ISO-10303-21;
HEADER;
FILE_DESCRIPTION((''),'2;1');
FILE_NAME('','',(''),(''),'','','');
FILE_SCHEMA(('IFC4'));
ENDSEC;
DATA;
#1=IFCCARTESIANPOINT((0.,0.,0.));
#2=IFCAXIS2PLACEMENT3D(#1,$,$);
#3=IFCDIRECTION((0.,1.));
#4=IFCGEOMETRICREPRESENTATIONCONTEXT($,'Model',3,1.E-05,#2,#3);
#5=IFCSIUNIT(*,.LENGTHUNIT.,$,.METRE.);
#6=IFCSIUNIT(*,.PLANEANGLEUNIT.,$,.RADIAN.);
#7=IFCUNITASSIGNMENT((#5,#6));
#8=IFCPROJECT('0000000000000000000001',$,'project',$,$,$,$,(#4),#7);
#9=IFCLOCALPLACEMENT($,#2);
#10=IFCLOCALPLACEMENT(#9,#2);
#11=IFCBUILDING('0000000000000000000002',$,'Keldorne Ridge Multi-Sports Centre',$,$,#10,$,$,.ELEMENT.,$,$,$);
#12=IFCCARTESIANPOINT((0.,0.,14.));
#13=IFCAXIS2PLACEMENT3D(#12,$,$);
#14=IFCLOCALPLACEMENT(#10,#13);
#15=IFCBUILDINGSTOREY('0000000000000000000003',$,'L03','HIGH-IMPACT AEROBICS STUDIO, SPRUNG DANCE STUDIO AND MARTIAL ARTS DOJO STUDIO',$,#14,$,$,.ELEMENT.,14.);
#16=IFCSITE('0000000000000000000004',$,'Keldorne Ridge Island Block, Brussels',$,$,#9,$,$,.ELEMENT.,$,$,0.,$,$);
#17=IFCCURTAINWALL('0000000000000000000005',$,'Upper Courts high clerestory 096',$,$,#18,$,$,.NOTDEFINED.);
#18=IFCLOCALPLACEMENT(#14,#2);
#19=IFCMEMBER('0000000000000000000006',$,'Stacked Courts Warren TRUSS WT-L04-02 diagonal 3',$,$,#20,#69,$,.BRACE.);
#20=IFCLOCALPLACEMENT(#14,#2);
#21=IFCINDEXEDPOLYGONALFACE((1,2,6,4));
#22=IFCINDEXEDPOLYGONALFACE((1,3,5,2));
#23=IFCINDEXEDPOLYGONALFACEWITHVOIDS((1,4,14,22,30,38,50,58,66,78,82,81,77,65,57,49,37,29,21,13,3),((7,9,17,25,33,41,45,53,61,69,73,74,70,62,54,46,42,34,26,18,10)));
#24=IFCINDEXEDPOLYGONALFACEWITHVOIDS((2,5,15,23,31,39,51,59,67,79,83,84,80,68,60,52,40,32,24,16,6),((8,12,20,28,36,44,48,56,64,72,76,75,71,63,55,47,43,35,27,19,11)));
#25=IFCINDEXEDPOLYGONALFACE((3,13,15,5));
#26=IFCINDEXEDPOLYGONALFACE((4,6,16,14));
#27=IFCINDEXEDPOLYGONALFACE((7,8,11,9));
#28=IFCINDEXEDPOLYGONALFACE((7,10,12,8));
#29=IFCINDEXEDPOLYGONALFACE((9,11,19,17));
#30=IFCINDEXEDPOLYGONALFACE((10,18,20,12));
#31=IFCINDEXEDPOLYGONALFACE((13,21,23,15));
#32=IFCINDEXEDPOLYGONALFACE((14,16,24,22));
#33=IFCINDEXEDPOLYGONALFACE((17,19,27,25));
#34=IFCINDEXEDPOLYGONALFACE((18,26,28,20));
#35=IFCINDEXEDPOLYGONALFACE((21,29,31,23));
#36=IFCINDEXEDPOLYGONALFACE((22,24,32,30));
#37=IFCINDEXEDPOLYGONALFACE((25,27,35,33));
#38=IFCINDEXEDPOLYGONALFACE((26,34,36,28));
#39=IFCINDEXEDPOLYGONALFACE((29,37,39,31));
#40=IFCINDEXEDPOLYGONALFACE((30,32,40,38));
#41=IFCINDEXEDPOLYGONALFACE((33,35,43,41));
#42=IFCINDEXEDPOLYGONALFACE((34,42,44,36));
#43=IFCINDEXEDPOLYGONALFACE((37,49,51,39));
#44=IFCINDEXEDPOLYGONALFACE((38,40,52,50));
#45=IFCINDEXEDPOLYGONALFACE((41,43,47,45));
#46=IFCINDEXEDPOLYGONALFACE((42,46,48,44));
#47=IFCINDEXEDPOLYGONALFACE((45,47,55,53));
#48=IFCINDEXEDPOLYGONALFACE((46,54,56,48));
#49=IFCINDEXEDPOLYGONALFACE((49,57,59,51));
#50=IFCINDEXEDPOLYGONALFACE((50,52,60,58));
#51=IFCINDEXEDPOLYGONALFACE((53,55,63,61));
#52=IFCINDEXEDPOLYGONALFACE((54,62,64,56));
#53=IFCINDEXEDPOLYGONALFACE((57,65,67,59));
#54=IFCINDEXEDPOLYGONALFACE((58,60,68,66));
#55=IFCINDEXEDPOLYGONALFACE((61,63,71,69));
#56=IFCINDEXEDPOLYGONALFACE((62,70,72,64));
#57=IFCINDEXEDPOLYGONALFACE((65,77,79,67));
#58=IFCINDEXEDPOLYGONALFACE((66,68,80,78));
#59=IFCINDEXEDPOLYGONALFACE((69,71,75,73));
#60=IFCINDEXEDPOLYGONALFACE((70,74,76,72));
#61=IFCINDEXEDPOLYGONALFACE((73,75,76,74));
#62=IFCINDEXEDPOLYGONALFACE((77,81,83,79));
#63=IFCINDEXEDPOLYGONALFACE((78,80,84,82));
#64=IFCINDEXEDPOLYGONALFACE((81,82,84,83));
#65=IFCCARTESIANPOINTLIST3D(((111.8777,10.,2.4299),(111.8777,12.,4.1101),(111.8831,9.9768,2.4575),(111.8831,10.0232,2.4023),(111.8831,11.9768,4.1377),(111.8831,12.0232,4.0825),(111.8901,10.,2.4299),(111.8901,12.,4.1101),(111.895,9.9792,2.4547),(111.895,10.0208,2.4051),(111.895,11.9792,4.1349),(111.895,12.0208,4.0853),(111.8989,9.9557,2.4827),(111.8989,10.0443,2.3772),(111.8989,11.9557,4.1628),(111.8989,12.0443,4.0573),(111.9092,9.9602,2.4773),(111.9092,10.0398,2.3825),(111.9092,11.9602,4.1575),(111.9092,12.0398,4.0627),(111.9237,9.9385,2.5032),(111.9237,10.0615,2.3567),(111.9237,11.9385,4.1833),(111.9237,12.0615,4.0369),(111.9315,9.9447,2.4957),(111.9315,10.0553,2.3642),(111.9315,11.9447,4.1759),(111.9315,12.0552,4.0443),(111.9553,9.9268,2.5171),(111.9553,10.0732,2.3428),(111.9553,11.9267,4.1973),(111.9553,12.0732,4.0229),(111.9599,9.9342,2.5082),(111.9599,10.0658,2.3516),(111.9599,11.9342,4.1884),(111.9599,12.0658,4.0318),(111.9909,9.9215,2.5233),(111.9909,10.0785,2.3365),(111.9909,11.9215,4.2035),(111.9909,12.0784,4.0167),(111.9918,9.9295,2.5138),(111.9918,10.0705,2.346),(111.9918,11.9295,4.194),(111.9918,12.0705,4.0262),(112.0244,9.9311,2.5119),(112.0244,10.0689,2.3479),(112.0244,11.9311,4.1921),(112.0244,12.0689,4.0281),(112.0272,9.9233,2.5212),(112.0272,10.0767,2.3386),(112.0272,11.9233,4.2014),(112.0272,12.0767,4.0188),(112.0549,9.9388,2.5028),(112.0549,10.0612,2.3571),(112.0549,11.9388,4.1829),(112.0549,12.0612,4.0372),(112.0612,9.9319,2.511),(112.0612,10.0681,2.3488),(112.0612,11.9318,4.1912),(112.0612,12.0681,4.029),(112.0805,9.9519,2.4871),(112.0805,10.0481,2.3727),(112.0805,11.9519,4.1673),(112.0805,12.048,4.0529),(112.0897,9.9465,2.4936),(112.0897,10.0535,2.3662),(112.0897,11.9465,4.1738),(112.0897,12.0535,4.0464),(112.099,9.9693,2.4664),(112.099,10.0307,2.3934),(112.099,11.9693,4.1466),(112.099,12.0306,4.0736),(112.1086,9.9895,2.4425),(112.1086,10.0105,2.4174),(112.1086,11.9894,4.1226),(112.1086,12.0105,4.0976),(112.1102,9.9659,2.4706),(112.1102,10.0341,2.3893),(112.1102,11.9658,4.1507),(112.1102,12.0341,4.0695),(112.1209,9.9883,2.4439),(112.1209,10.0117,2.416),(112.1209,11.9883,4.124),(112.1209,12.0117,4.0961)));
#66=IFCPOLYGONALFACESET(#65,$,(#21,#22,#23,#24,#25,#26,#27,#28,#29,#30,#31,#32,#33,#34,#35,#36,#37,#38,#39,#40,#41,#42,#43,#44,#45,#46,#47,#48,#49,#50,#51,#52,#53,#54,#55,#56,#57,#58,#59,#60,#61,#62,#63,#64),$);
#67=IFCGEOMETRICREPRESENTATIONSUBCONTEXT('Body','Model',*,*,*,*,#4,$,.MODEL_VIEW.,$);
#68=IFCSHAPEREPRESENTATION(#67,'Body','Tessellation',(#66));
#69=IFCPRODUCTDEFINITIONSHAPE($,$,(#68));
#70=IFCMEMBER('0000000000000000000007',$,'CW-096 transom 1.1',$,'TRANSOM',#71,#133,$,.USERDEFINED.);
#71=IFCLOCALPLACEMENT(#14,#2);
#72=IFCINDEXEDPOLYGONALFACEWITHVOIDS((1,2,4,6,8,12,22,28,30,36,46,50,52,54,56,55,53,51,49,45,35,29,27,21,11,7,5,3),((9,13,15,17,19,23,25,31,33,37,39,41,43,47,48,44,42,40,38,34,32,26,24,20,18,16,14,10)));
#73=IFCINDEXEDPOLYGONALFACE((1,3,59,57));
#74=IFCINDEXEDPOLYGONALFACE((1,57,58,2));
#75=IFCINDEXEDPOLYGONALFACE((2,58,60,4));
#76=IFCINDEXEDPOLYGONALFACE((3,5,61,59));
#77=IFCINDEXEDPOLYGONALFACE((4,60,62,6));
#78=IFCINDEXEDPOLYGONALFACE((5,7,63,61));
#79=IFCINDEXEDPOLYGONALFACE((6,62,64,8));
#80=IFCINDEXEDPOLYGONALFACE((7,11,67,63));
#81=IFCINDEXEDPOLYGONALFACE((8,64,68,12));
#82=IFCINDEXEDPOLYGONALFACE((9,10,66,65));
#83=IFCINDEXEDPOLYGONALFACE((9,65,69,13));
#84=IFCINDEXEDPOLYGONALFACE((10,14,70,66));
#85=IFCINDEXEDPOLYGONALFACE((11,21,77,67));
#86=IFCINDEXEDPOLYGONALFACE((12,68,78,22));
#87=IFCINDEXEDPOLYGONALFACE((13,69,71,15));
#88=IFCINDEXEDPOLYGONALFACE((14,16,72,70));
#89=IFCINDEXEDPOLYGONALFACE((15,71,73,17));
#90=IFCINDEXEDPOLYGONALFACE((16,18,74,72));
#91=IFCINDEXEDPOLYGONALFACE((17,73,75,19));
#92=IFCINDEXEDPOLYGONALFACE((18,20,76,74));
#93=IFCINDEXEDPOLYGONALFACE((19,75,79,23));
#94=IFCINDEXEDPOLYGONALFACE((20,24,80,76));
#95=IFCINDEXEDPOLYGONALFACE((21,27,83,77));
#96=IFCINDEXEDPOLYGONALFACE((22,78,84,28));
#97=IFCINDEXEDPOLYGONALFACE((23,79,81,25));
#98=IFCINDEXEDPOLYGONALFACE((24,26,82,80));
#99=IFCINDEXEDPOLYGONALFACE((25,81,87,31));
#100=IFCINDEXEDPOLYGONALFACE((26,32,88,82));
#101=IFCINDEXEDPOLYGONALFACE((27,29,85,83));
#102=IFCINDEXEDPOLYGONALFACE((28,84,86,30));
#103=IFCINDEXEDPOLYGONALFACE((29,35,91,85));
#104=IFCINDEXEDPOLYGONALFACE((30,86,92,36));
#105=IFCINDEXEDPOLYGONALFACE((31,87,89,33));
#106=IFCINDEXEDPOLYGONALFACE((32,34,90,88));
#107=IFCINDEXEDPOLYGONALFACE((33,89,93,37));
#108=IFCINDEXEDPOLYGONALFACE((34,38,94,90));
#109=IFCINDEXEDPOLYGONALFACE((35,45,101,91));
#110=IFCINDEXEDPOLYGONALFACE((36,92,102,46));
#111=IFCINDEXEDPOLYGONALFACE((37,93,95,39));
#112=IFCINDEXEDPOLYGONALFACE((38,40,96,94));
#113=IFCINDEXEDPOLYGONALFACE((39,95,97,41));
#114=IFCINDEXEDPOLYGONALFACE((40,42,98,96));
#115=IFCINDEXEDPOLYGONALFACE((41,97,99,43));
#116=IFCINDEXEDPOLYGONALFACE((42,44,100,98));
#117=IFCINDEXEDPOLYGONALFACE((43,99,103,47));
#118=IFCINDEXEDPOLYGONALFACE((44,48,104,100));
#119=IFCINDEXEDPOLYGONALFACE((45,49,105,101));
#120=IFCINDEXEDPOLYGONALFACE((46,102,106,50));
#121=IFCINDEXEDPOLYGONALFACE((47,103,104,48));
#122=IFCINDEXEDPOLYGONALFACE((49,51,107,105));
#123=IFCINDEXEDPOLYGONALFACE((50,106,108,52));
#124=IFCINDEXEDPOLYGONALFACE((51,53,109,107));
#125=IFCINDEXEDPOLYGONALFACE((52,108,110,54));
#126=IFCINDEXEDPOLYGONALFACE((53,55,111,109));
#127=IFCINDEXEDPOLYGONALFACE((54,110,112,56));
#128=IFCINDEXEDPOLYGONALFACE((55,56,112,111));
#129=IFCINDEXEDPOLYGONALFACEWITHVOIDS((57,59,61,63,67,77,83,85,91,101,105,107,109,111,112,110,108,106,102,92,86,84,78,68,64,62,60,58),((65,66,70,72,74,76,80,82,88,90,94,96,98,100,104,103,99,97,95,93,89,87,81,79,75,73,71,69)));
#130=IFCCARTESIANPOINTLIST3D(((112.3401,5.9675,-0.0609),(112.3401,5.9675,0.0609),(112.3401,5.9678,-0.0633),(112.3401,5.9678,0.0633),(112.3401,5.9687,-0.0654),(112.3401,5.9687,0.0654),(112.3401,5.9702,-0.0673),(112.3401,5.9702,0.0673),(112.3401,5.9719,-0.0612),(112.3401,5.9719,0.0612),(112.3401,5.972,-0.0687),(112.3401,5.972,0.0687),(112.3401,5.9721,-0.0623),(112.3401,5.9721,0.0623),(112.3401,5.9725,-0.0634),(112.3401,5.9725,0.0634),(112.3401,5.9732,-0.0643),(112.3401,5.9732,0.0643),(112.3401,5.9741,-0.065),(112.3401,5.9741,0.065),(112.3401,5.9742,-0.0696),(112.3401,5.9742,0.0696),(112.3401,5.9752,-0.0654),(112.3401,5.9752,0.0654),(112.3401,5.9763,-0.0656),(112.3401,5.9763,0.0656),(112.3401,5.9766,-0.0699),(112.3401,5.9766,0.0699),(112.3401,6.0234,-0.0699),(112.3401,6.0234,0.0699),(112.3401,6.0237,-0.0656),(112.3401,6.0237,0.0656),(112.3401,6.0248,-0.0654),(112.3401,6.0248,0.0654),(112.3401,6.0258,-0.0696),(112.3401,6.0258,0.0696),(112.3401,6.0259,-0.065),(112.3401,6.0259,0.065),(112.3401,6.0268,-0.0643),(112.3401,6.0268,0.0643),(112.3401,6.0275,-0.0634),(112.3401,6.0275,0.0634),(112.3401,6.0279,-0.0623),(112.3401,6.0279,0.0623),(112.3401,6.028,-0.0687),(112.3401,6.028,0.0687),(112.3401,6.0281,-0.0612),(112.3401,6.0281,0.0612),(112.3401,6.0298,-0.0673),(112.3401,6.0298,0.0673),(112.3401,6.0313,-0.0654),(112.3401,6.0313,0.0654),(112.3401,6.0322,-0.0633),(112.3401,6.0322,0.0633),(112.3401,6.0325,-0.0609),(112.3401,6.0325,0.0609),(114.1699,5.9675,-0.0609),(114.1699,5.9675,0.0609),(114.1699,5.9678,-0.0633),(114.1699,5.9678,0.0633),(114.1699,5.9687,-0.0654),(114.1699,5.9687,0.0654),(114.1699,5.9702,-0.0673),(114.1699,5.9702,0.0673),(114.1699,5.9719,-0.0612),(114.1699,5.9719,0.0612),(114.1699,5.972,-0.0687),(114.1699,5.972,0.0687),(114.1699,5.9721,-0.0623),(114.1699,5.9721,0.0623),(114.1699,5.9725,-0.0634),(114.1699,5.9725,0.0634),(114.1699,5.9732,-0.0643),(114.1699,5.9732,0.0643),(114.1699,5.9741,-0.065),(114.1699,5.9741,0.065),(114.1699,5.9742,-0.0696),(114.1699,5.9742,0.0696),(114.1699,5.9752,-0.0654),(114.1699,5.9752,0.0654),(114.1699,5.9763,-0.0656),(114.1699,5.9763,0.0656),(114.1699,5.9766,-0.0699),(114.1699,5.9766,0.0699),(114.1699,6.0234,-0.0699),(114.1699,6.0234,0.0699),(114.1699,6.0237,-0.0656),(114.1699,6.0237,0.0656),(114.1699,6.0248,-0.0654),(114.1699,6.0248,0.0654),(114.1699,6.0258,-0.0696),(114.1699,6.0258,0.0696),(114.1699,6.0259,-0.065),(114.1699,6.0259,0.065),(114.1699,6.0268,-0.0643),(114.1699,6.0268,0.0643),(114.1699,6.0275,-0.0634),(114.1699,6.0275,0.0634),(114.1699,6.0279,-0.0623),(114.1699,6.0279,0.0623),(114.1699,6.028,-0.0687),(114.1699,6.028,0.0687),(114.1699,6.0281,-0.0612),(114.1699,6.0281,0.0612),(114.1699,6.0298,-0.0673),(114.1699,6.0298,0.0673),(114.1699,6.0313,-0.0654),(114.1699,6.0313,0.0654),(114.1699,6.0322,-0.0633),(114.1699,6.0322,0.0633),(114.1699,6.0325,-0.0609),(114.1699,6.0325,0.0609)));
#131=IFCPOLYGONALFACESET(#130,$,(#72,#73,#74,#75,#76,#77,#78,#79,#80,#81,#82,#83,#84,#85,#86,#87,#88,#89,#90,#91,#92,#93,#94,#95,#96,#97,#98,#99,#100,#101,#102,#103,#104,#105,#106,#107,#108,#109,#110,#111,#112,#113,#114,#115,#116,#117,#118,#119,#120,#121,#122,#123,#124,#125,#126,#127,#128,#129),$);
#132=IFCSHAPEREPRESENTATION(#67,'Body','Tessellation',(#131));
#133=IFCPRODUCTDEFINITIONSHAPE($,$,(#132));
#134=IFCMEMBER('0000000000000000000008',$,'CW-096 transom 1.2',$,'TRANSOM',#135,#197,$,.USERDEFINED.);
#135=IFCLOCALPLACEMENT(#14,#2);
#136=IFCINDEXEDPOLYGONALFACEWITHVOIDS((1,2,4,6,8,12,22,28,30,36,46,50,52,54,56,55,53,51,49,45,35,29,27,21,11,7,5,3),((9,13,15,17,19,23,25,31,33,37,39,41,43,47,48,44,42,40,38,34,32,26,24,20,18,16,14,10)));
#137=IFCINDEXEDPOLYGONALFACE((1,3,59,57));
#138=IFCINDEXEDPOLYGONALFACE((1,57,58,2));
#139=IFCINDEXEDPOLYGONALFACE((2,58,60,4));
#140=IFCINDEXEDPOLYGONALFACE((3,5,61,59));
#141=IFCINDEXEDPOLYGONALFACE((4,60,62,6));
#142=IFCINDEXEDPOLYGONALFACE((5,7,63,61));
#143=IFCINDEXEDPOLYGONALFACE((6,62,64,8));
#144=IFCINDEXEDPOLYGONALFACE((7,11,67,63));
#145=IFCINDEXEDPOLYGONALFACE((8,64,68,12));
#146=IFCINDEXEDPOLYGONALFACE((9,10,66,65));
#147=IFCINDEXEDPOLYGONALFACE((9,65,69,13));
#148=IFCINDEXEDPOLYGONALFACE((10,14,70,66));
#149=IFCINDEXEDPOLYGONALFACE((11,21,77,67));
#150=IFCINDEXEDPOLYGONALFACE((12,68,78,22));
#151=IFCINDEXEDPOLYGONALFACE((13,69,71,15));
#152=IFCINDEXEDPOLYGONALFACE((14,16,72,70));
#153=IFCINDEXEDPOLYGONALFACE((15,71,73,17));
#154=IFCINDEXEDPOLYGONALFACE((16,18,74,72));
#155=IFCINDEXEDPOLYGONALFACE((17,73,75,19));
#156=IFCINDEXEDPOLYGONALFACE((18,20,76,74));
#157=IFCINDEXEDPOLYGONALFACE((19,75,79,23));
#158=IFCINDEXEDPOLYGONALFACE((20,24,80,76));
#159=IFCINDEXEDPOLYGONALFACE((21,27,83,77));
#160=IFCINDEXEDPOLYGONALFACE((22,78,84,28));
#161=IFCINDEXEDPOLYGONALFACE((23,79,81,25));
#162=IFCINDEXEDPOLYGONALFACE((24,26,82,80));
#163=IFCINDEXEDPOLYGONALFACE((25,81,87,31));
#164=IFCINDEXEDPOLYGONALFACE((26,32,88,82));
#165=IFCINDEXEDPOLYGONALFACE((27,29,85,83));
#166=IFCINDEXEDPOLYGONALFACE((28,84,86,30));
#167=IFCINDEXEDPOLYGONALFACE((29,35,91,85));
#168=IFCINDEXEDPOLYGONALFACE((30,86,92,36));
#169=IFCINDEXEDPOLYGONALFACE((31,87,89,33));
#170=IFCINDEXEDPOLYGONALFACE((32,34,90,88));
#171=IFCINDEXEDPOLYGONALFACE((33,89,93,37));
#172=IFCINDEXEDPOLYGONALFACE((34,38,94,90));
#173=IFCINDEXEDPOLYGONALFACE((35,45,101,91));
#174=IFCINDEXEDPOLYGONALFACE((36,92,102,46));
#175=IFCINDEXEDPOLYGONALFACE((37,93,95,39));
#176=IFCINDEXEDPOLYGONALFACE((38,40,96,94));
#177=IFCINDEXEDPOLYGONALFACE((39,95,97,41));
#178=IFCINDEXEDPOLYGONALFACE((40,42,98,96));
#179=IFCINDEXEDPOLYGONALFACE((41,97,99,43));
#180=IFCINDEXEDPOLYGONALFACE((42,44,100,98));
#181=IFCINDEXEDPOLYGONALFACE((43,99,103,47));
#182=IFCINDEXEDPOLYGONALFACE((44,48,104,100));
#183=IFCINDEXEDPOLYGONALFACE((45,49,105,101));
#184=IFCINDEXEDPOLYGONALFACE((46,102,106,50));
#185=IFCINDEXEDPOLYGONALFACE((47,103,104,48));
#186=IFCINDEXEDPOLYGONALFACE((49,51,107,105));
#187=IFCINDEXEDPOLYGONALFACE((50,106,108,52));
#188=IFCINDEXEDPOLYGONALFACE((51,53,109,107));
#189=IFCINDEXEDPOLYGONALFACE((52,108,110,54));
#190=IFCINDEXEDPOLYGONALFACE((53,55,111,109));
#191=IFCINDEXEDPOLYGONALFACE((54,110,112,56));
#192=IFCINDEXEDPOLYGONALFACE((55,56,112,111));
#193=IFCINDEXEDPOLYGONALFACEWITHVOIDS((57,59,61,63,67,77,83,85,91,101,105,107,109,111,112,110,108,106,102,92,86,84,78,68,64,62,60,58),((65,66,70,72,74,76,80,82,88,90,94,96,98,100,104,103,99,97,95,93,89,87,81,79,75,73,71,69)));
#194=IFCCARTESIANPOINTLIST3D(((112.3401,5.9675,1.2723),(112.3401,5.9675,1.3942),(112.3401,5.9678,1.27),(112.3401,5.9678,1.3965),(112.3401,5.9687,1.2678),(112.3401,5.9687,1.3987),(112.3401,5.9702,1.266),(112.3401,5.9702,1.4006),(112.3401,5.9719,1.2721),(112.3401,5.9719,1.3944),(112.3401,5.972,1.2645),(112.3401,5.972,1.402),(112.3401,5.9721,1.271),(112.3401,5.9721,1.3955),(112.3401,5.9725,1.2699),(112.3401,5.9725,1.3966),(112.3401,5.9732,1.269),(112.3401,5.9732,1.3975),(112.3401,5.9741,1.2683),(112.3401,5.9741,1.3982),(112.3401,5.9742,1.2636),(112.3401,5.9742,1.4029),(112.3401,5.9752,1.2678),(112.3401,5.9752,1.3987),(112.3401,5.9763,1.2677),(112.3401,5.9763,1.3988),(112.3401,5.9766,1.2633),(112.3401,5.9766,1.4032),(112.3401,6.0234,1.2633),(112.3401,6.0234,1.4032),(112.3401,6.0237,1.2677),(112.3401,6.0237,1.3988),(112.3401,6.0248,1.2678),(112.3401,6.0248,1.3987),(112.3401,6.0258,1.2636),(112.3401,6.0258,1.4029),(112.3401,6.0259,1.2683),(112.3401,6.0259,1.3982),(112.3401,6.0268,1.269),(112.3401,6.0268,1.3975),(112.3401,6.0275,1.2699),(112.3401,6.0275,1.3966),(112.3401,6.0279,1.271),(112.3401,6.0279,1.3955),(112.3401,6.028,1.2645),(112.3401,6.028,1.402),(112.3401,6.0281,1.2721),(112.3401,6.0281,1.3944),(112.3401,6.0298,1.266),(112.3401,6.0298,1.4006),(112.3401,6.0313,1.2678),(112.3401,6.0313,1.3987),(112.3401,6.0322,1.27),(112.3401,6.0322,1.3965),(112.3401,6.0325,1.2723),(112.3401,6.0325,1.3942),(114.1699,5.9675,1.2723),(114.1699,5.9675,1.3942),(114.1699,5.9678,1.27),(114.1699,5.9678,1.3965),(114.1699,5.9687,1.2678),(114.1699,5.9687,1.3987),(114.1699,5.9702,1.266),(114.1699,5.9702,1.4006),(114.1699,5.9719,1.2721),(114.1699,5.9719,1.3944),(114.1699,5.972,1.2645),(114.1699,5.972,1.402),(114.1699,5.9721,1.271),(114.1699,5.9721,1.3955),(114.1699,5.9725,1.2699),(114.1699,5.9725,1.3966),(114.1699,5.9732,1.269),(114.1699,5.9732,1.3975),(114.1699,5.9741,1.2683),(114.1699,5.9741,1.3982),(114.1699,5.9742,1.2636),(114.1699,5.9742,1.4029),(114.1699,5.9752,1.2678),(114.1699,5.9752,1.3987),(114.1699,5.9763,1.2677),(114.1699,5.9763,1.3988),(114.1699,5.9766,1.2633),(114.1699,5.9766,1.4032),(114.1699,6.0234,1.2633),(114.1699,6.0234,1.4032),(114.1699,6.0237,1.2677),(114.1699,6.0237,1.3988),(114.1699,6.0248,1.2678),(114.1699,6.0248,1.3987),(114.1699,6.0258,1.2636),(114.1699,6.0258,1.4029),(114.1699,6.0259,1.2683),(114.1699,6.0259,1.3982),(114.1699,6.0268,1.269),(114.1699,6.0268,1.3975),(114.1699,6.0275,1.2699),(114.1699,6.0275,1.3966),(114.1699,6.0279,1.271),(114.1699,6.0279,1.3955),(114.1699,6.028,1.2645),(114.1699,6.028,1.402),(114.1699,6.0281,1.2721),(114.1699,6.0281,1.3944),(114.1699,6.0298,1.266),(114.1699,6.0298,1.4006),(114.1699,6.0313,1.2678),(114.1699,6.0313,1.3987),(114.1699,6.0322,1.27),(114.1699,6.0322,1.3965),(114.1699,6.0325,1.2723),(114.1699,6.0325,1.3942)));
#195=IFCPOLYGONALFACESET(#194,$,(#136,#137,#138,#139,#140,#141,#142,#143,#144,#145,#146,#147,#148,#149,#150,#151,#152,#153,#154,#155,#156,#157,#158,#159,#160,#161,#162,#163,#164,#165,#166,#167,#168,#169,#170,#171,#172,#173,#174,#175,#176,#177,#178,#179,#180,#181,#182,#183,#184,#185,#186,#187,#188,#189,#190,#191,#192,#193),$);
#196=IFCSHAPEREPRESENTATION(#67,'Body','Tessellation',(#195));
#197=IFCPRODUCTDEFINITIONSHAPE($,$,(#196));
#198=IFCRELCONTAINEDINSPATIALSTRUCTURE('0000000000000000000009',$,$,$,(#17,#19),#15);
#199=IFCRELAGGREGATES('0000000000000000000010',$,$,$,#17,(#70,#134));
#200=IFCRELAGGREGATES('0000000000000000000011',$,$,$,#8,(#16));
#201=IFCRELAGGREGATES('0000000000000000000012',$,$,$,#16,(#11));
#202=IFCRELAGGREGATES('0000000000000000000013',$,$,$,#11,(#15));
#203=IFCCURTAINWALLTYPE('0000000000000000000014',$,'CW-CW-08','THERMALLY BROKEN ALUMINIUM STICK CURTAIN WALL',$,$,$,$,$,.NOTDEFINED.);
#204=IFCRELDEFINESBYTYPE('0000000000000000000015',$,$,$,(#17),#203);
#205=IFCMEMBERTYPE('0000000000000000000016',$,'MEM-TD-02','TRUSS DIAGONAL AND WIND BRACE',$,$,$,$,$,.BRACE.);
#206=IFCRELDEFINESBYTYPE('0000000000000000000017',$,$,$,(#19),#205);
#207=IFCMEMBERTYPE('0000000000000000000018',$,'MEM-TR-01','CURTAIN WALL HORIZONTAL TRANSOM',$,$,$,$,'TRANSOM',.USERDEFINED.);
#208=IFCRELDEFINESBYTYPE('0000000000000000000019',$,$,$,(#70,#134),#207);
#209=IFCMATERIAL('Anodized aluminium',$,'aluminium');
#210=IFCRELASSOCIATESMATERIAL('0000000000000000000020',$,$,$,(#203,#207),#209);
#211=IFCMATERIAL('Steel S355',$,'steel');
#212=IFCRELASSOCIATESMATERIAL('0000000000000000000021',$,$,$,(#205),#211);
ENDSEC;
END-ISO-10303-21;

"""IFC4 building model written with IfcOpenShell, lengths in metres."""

from ifc_helpers import new_model, si_unit, direction, frame, origin, origin_2d, place, context, subcontext, project, spatial, hollow_rectangle, hollow_circle, extrude, material, material_profile, profile_set, type_object, element, aggregate, save


model = new_model("IFC4")

# Units and contexts
model_context = context("Model", 3, precision=1e-05, world=origin(), true_north=direction((0.0, 1.0)))
body_context = subcontext(model_context, "Body", "Model", "MODEL_VIEW")
ifc_project = project(units=[si_unit("LENGTHUNIT", "METRE"), si_unit("PLANEANGLEUNIT", "RADIAN")], contexts=[model_context])

# Site, building, storey
site_placement = place(None, origin())
site = spatial("IfcSite", under=ifc_project, at=site_placement, Name="Keldorne Ridge Island Block, Brussels", CompositionType="ELEMENT", RefElevation=0.0)
building_placement = place(site_placement, origin())
building = spatial("IfcBuilding", under=site, at=building_placement, Name="Keldorne Ridge Multi-Sports Centre", CompositionType="ELEMENT")
storey_placement = place(building_placement, frame((0.0, 0.0, 14.0)))
storey = spatial("IfcBuildingStorey", under=building, at=storey_placement, Name="L03", Description="HIGH-IMPACT AEROBICS STUDIO, SPRUNG DANCE STUDIO AND MARTIAL ARTS DOJO STUDIO", CompositionType="ELEMENT", Elevation=14.0)

# Shared definitions
ifc_material_1 = material(Name="Steel S355", Category="steel")

# Shared definitions
ifc_material_2 = material(Name="Anodized aluminium", Category="aluminium")

# Curtain wall
curtain_wall_type_1 = type_object("IfcCurtainWallType", Name="CW-CW-08", Description="THERMALLY BROKEN ALUMINIUM STICK CURTAIN WALL", PredefinedType="NOTDEFINED", material=ifc_material_2)
curtain_wall_1_placement = place(storey_placement, origin())
curtain_wall_1 = element("IfcCurtainWall", 1, at=curtain_wall_1_placement, inside=storey, type_object=curtain_wall_type_1, Name="Upper Courts high clerestory 096", PredefinedType="NOTDEFINED")

# Member
ifc_material_profile_1 = material_profile(ifc_material_1, hollow_circle(Radius=0.1223, WallThickness=0.0125, at=origin_2d()), Name="CHS 244.5x12.5")
ifc_profile_set_1 = profile_set([ifc_material_profile_1], Name="Steel S355")
member_type_1 = type_object("IfcMemberType", Name="MEM-TD-02", Description="TRUSS DIAGONAL AND WIND BRACE", PredefinedType="BRACE", material=ifc_profile_set_1)
for number, where, z_axis, x_axis, name in (
    (2, (112.0, 10.0, 2.4299), (0.0, 0.765672, 0.643232), (-1.0, 0.0, 0.0), "Stacked Courts Warren TRUSS WT-L04-02 diagonal 3"),
):
    element("IfcMember", number, at=place(storey_placement, frame(where, z_axis=z_axis, x_axis=x_axis)), inside=storey, type_object=member_type_1, Name=name, PredefinedType="BRACE", context=body_context, shape_type="SweptSolid", body=[
        extrude(hollow_circle(Radius=0.1223, WallThickness=0.0125, at=origin_2d()), origin(), (0.0, 0.0, 1.0), 2.6121),
    ])

# Members
ifc_material_profile_2 = material_profile(ifc_material_2, hollow_rectangle(XDim=0.0649, YDim=0.1399, WallThickness=0.0044, InnerFilletRadius=0.0044, OuterFilletRadius=0.009, at=origin_2d()), Name="ALU TRANSOM 140x65x4.5")
ifc_profile_set_2 = profile_set([ifc_material_profile_2], Name="Anodized aluminium")
member_type_2 = type_object("IfcMemberType", Name="MEM-TR-01", Description="CURTAIN WALL HORIZONTAL TRANSOM", ElementType="TRANSOM", PredefinedType="USERDEFINED", material=ifc_profile_set_2)
member_1_placement = place(storey_placement, frame((112.3401, 6.0, 0.0), z_axis=(1.0, 0.0, 0.0), x_axis=(0.0, 1.0, 0.0)))
member_1 = element("IfcMember", 3, at=member_1_placement, type_object=member_type_2, Name="CW-096 transom 1.1", ObjectType="TRANSOM", PredefinedType="USERDEFINED", context=body_context, shape_type="SweptSolid", body=[
    extrude(hollow_rectangle(XDim=0.0649, YDim=0.1399, WallThickness=0.0044, InnerFilletRadius=0.0044, OuterFilletRadius=0.009, at=origin_2d()), origin(), (0.0, 0.0, 1.0), 1.8298),
])
member_2_placement = place(storey_placement, frame((112.3401, 6.0, 1.3333), z_axis=(1.0, 0.0, 0.0), x_axis=(0.0, 1.0, 0.0)))
member_2 = element("IfcMember", 4, at=member_2_placement, type_object=member_type_2, Name="CW-096 transom 1.2", ObjectType="TRANSOM", PredefinedType="USERDEFINED", context=body_context, shape_type="SweptSolid", body=[
    extrude(hollow_rectangle(XDim=0.0649, YDim=0.1399, WallThickness=0.0044, InnerFilletRadius=0.0044, OuterFilletRadius=0.009, at=origin_2d()), origin(), (0.0, 0.0, 1.0), 1.8298),
])

aggregate(curtain_wall_1, [member_1, member_2])

save(model, "model.ifc")
